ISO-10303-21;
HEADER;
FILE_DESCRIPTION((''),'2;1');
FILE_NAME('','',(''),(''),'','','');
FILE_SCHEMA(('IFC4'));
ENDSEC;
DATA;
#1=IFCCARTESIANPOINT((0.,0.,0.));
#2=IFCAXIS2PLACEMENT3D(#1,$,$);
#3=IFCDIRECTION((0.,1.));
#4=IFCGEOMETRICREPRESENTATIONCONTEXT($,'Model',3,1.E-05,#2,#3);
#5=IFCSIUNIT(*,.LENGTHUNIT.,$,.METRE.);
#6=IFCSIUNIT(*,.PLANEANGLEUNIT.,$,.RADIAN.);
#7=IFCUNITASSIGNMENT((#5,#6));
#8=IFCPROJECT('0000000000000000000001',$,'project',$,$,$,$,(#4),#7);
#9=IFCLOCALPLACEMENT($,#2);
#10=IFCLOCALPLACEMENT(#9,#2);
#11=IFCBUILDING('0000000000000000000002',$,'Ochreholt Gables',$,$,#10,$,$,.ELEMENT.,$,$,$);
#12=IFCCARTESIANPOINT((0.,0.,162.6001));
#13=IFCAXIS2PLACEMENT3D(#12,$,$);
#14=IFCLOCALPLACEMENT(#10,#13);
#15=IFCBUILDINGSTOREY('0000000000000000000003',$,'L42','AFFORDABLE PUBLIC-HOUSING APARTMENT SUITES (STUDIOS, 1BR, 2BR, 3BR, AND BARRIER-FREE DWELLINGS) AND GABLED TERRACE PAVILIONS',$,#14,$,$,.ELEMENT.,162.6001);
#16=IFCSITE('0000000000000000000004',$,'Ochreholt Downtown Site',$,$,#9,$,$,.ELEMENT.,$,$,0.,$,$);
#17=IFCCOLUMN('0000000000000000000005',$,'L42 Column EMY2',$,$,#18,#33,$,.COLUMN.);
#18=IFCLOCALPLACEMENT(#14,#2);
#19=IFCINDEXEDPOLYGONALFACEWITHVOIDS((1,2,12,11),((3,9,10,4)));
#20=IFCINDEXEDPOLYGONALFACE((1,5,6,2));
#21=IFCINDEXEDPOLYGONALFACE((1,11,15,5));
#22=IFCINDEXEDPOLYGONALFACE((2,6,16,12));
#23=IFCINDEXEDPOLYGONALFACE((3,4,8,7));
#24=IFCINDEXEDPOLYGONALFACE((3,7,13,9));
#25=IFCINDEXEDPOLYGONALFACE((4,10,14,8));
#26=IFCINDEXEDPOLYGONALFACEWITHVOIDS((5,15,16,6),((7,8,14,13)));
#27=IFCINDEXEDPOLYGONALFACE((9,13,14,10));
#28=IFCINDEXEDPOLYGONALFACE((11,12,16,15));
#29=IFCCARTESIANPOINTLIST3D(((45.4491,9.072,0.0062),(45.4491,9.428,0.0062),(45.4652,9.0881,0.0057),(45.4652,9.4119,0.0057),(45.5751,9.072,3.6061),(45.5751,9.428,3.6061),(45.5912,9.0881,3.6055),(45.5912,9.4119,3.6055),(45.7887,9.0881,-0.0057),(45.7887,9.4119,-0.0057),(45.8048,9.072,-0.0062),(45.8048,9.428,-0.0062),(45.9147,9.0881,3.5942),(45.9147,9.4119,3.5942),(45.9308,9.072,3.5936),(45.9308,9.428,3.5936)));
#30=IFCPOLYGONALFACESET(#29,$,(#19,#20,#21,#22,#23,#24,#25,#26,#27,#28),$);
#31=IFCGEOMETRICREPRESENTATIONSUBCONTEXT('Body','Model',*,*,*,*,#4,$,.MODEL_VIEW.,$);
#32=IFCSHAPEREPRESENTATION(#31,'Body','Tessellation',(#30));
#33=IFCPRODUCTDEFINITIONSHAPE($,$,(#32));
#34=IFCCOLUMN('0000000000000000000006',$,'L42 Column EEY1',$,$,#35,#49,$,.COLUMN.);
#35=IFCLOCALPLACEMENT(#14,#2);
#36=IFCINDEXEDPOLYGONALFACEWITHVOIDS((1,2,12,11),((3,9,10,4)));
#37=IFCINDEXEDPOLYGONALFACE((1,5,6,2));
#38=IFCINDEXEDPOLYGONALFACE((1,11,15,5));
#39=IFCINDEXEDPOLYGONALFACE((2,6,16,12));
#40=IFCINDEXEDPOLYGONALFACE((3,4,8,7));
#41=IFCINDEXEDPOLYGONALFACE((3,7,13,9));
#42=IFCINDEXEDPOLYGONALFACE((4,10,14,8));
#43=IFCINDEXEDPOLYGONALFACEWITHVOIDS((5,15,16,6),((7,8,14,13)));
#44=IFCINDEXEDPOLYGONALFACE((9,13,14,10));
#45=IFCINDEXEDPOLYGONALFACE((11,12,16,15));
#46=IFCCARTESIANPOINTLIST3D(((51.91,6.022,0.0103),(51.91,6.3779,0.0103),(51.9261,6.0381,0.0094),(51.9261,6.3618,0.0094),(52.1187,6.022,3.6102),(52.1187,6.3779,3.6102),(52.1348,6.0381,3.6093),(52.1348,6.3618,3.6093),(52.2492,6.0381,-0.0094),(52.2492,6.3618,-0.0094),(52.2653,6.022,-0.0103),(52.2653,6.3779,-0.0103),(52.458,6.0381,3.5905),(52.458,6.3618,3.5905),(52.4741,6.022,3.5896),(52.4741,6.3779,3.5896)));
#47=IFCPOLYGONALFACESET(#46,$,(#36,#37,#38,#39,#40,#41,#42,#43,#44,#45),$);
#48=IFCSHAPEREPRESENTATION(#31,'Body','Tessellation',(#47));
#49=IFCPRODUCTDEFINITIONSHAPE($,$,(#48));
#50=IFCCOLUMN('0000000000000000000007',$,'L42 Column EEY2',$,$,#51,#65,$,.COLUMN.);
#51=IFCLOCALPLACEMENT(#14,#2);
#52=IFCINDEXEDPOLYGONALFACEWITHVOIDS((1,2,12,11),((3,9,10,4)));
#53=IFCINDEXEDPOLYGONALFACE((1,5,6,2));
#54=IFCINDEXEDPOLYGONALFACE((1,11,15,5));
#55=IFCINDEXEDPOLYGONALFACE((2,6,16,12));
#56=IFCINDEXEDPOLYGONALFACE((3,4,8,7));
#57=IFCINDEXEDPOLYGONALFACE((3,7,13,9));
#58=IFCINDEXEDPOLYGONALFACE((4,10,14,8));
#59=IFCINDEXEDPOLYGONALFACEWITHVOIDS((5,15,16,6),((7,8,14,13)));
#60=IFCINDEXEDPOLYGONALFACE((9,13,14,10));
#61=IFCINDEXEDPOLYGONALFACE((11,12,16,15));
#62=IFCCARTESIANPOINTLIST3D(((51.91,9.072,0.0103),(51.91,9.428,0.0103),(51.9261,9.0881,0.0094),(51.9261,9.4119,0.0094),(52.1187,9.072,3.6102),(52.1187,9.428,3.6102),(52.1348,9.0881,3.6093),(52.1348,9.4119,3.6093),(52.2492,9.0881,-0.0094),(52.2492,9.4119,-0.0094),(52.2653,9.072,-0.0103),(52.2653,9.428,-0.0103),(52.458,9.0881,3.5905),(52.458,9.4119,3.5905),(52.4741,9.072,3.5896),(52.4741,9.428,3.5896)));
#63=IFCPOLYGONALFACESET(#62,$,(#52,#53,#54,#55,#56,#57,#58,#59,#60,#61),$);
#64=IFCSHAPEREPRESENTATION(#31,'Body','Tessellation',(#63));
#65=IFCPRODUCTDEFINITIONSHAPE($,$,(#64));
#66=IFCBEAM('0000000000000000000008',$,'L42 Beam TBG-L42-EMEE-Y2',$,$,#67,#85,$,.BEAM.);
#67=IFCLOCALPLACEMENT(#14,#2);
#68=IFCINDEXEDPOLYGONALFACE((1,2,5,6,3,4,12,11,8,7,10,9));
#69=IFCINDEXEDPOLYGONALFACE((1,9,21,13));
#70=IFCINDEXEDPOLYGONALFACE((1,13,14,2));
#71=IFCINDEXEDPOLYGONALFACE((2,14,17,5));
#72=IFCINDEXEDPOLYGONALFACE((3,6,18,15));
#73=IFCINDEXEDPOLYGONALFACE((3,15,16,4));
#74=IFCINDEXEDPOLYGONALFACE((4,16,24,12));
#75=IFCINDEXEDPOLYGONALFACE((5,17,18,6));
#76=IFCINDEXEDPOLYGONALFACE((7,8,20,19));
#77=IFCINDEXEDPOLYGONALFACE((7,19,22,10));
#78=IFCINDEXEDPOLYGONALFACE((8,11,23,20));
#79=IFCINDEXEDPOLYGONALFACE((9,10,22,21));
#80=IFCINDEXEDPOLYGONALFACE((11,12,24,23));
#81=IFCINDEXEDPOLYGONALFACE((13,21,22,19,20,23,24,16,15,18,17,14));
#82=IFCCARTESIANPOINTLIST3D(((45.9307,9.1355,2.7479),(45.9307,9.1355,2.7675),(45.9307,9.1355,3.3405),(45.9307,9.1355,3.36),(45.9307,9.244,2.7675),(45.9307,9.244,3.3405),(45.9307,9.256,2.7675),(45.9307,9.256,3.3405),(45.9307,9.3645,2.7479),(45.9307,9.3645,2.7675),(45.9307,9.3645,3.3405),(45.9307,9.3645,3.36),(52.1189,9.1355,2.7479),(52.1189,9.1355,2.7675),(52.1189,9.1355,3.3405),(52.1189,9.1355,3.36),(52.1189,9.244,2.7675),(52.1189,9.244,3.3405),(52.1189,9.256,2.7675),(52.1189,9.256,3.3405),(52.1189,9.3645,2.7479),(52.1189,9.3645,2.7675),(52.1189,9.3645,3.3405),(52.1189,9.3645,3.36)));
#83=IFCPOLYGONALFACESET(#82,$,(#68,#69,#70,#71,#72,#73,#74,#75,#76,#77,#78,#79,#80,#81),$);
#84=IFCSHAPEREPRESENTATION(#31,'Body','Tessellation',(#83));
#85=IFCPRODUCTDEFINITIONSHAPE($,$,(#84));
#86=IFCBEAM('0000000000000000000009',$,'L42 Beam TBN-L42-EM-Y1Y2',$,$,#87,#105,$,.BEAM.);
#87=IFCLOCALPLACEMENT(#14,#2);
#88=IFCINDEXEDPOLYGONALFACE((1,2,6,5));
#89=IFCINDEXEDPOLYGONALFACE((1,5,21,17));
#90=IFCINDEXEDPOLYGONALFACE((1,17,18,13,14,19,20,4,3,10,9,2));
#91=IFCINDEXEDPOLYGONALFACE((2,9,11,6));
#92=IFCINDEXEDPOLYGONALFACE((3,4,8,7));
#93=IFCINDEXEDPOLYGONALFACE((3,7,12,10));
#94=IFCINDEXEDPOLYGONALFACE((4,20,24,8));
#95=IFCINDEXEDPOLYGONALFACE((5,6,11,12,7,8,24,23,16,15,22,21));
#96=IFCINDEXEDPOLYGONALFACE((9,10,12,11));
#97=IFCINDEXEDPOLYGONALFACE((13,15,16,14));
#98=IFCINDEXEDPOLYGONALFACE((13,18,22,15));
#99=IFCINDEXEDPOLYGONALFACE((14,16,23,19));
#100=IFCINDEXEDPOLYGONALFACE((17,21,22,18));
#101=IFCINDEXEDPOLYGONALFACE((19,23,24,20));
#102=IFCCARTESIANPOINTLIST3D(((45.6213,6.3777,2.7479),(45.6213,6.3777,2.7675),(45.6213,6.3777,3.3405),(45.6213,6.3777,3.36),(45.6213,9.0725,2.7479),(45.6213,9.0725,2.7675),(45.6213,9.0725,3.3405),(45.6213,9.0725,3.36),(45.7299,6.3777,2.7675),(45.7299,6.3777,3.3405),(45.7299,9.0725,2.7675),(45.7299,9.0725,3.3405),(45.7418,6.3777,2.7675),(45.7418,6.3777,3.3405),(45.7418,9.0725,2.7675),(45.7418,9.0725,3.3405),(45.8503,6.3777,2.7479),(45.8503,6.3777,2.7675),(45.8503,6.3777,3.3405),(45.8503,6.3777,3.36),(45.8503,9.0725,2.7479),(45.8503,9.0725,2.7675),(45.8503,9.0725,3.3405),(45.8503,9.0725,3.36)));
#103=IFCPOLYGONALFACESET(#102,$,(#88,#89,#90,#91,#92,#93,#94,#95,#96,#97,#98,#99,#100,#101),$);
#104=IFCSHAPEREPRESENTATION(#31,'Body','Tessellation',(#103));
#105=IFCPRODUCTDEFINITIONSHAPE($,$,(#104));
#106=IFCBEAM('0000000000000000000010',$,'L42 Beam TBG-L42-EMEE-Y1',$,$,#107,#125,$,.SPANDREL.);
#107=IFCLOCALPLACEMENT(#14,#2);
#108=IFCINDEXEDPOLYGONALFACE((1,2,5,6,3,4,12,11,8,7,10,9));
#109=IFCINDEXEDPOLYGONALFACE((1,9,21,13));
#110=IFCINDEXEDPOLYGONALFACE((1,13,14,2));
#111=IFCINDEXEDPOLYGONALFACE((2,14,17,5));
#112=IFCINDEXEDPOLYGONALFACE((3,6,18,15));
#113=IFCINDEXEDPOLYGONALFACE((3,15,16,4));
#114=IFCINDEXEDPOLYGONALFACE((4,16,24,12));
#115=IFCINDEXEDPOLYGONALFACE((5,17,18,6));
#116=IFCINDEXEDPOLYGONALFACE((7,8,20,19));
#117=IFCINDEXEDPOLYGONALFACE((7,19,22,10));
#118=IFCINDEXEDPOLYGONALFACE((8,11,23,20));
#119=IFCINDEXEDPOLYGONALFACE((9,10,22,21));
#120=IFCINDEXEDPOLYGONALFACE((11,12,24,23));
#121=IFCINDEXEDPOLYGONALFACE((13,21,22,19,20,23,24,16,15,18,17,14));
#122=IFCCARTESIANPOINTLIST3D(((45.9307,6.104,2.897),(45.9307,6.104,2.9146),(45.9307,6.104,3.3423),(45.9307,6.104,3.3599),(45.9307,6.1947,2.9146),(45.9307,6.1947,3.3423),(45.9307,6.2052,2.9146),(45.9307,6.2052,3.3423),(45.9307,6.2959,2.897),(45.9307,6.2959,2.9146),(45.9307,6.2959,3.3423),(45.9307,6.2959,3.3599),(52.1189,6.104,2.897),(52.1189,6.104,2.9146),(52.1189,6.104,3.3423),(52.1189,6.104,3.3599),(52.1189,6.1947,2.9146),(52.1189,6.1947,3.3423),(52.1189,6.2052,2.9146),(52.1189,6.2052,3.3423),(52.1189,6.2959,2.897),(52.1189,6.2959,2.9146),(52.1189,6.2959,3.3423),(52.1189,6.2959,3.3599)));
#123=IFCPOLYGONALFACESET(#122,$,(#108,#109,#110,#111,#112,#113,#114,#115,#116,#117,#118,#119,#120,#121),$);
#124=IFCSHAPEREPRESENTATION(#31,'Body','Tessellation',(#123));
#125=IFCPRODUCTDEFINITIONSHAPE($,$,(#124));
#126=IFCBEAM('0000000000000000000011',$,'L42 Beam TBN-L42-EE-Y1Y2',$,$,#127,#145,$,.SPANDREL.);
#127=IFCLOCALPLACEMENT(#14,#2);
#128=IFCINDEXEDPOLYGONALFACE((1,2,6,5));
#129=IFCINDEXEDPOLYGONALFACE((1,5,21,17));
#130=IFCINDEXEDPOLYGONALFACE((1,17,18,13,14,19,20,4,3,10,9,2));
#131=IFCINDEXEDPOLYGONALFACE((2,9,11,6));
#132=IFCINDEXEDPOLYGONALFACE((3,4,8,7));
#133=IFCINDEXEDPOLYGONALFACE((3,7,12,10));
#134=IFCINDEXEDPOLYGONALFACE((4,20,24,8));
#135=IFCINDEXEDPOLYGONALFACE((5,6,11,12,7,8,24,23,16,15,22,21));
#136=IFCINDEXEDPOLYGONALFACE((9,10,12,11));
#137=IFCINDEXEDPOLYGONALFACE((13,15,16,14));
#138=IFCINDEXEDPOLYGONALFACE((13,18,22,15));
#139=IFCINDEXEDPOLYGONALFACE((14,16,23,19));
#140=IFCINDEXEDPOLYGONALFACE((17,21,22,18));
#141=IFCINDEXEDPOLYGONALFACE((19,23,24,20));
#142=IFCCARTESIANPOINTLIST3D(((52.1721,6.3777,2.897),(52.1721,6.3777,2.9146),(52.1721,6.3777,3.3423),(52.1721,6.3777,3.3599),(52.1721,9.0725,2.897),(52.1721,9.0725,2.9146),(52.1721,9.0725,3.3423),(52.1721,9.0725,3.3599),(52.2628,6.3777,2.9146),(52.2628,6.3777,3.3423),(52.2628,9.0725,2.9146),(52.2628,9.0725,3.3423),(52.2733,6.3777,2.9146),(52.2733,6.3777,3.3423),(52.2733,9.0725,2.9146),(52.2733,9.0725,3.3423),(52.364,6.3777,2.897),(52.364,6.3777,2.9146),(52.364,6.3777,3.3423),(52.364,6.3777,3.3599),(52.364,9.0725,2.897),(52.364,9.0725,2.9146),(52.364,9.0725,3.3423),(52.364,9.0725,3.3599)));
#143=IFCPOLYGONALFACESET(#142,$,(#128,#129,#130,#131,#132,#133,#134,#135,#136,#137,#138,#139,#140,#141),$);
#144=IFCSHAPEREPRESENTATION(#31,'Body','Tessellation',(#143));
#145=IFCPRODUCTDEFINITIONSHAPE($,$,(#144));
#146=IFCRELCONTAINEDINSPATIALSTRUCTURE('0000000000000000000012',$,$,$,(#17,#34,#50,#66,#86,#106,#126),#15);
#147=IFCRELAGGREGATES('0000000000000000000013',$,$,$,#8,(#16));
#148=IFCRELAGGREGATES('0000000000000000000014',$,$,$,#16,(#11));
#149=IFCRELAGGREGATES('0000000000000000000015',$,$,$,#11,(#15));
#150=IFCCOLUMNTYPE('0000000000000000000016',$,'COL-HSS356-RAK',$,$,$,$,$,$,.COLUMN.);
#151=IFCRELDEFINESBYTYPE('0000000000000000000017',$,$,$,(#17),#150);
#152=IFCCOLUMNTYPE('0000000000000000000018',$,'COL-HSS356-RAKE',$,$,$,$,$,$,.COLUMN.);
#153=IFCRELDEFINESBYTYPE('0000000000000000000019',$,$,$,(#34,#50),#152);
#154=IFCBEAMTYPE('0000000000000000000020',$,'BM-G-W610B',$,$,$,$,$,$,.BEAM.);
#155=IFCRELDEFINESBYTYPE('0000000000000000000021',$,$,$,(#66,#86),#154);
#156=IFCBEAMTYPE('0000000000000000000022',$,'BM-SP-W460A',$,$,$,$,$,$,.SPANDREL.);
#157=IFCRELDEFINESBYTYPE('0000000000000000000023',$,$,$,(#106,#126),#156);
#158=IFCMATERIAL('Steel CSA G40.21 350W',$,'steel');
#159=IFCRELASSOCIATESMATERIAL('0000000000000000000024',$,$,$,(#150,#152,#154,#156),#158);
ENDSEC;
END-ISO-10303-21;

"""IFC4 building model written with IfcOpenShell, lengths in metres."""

from ifc_helpers import new_model, si_unit, direction, frame, origin, origin_2d, place, context, subcontext, project, spatial, hollow_rectangle, i_section, extrude, material, material_profile, profile_set, type_object, element, save


model = new_model("IFC4")

# Units and contexts
model_context = context("Model", 3, precision=1e-05, world=origin(), true_north=direction((0.0, 1.0)))
body_context = subcontext(model_context, "Body", "Model", "MODEL_VIEW")
ifc_project = project(units=[si_unit("LENGTHUNIT", "METRE"), si_unit("PLANEANGLEUNIT", "RADIAN")], contexts=[model_context])

# Site, building, storey
site_placement = place(None, origin())
site = spatial("IfcSite", under=ifc_project, at=site_placement, Name="Ochreholt Downtown Site", CompositionType="ELEMENT", RefElevation=0.0)
building_placement = place(site_placement, origin())
building = spatial("IfcBuilding", under=site, at=building_placement, Name="Ochreholt Gables", CompositionType="ELEMENT")
storey_placement = place(building_placement, frame((0.0, 0.0, 162.6001)))
storey = spatial("IfcBuildingStorey", under=building, at=storey_placement, Name="L42", Description="AFFORDABLE PUBLIC-HOUSING APARTMENT SUITES (STUDIOS, 1BR, 2BR, 3BR, AND BARRIER-FREE DWELLINGS) AND GABLED TERRACE PAVILIONS", CompositionType="ELEMENT", Elevation=162.6001)

# Columns
ifc_material_1 = material(Name="Steel CSA G40.21 350W", Category="steel")
ifc_material_profile_1 = material_profile(ifc_material_1, hollow_rectangle(XDim=0.356, YDim=0.356, WallThickness=0.0161, at=origin_2d()), Name="HSS356X356X16")
ifc_profile_set_1 = profile_set([ifc_material_profile_1], Name="Steel CSA G40.21 350W")
column_type_1 = type_object("IfcColumnType", Name="COL-HSS356-RAK", PredefinedType="COLUMN", material=ifc_profile_set_1)
column_placement = place(storey_placement, frame((45.627, 9.25, 0.0), z_axis=(0.034974, 0.0, 0.999388), x_axis=(0.0, 1.0, 0.0)))
element("IfcColumn", 1, at=column_placement, inside=storey, type_object=column_type_1, Name="L42 Column EMY2", PredefinedType="COLUMN", context=body_context, shape_type="SweptSolid", body=[
    extrude(hollow_rectangle(XDim=0.356, YDim=0.356, WallThickness=0.0161, at=origin_2d()), origin(), (0.0, 0.0, 1.0), 3.6021),
])
ifc_material_profile_2 = material_profile(ifc_material_1, hollow_rectangle(XDim=0.356, YDim=0.356, WallThickness=0.0161, at=origin_2d()), Name="HSS356X356X16")
ifc_profile_set_2 = profile_set([ifc_material_profile_2], Name="Steel CSA G40.21 350W")
column_type_2 = type_object("IfcColumnType", Name="COL-HSS356-RAKE", PredefinedType="COLUMN", material=ifc_profile_set_2)
for number, where, z_axis, x_axis, name in (
    (2, (52.0876, 6.2, 0.0), (0.057889, 0.0, 0.998323), (0.0, 1.0, 0.0), "L42 Column EEY1"),
    (3, (52.0876, 9.25, 0.0), (0.057889, 0.0, 0.998323), (0.0, 1.0, 0.0), "L42 Column EEY2"),
):
    element("IfcColumn", number, at=place(storey_placement, frame(where, z_axis=z_axis, x_axis=x_axis)), inside=storey, type_object=column_type_2, Name=name, PredefinedType="COLUMN", context=body_context, shape_type="SweptSolid", body=[
        extrude(hollow_rectangle(XDim=0.356, YDim=0.356, WallThickness=0.0161, at=origin_2d()), origin(), (0.0, 0.0, 1.0), 3.606),
    ])

# Beams
ifc_material_profile_3 = material_profile(ifc_material_1, i_section(OverallWidth=0.229, OverallDepth=0.6121, WebThickness=0.012, FlangeThickness=0.0195, at=origin_2d()), Name="W610X125")
ifc_profile_set_3 = profile_set([ifc_material_profile_3], Name="Steel CSA G40.21 350W")
beam_type_1 = type_object("IfcBeamType", Name="BM-G-W610B", PredefinedType="BEAM", material=ifc_profile_set_3)
beam_1_placement = place(storey_placement, frame((45.9307, 9.25, 3.054), z_axis=(1.0, 0.0, 0.0), x_axis=(0.0, 1.0, 0.0)))
element("IfcBeam", 4, at=beam_1_placement, inside=storey, type_object=beam_type_1, Name="L42 Beam TBG-L42-EMEE-Y2", PredefinedType="BEAM", context=body_context, shape_type="SweptSolid", body=[
    extrude(i_section(OverallWidth=0.229, OverallDepth=0.6121, WebThickness=0.012, FlangeThickness=0.0195, at=origin_2d()), origin(), (0.0, 0.0, 1.0), 6.1882),
])
beam_2_placement = place(storey_placement, frame((45.7358, 6.3777, 3.054), z_axis=(0.0, 1.0, 0.0), x_axis=(-1.0, 0.0, 0.0)))
element("IfcBeam", 5, at=beam_2_placement, inside=storey, type_object=beam_type_1, Name="L42 Beam TBN-L42-EM-Y1Y2", PredefinedType="BEAM", context=body_context, shape_type="SweptSolid", body=[
    extrude(i_section(OverallWidth=0.229, OverallDepth=0.6121, WebThickness=0.012, FlangeThickness=0.0195, at=origin_2d()), origin(), (0.0, 0.0, 1.0), 2.6948),
])
ifc_material_profile_4 = material_profile(ifc_material_1, i_section(OverallWidth=0.1919, OverallDepth=0.4629, WebThickness=0.0105, FlangeThickness=0.0176, at=origin_2d()), Name="W460X89")
ifc_profile_set_4 = profile_set([ifc_material_profile_4], Name="Steel CSA G40.21 350W")
beam_type_2 = type_object("IfcBeamType", Name="BM-SP-W460A", PredefinedType="SPANDREL", material=ifc_profile_set_4)
beam_3_placement = place(storey_placement, frame((45.9307, 6.2, 3.1284), z_axis=(1.0, 0.0, 0.0), x_axis=(0.0, 1.0, 0.0)))
element("IfcBeam", 6, at=beam_3_placement, inside=storey, type_object=beam_type_2, Name="L42 Beam TBG-L42-EMEE-Y1", PredefinedType="SPANDREL", context=body_context, shape_type="SweptSolid", body=[
    extrude(i_section(OverallWidth=0.1919, OverallDepth=0.4629, WebThickness=0.0105, FlangeThickness=0.0176, at=origin_2d()), origin(), (0.0, 0.0, 1.0), 6.1882),
])
beam_4_placement = place(storey_placement, frame((52.2681, 6.3777, 3.1284), z_axis=(0.0, 1.0, 0.0), x_axis=(-1.0, 0.0, 0.0)))
element("IfcBeam", 7, at=beam_4_placement, inside=storey, type_object=beam_type_2, Name="L42 Beam TBN-L42-EE-Y1Y2", PredefinedType="SPANDREL", context=body_context, shape_type="SweptSolid", body=[
    extrude(i_section(OverallWidth=0.1919, OverallDepth=0.4629, WebThickness=0.0105, FlangeThickness=0.0176, at=origin_2d()), origin(), (0.0, 0.0, 1.0), 2.6948),
])

save(model, "model.ifc")
